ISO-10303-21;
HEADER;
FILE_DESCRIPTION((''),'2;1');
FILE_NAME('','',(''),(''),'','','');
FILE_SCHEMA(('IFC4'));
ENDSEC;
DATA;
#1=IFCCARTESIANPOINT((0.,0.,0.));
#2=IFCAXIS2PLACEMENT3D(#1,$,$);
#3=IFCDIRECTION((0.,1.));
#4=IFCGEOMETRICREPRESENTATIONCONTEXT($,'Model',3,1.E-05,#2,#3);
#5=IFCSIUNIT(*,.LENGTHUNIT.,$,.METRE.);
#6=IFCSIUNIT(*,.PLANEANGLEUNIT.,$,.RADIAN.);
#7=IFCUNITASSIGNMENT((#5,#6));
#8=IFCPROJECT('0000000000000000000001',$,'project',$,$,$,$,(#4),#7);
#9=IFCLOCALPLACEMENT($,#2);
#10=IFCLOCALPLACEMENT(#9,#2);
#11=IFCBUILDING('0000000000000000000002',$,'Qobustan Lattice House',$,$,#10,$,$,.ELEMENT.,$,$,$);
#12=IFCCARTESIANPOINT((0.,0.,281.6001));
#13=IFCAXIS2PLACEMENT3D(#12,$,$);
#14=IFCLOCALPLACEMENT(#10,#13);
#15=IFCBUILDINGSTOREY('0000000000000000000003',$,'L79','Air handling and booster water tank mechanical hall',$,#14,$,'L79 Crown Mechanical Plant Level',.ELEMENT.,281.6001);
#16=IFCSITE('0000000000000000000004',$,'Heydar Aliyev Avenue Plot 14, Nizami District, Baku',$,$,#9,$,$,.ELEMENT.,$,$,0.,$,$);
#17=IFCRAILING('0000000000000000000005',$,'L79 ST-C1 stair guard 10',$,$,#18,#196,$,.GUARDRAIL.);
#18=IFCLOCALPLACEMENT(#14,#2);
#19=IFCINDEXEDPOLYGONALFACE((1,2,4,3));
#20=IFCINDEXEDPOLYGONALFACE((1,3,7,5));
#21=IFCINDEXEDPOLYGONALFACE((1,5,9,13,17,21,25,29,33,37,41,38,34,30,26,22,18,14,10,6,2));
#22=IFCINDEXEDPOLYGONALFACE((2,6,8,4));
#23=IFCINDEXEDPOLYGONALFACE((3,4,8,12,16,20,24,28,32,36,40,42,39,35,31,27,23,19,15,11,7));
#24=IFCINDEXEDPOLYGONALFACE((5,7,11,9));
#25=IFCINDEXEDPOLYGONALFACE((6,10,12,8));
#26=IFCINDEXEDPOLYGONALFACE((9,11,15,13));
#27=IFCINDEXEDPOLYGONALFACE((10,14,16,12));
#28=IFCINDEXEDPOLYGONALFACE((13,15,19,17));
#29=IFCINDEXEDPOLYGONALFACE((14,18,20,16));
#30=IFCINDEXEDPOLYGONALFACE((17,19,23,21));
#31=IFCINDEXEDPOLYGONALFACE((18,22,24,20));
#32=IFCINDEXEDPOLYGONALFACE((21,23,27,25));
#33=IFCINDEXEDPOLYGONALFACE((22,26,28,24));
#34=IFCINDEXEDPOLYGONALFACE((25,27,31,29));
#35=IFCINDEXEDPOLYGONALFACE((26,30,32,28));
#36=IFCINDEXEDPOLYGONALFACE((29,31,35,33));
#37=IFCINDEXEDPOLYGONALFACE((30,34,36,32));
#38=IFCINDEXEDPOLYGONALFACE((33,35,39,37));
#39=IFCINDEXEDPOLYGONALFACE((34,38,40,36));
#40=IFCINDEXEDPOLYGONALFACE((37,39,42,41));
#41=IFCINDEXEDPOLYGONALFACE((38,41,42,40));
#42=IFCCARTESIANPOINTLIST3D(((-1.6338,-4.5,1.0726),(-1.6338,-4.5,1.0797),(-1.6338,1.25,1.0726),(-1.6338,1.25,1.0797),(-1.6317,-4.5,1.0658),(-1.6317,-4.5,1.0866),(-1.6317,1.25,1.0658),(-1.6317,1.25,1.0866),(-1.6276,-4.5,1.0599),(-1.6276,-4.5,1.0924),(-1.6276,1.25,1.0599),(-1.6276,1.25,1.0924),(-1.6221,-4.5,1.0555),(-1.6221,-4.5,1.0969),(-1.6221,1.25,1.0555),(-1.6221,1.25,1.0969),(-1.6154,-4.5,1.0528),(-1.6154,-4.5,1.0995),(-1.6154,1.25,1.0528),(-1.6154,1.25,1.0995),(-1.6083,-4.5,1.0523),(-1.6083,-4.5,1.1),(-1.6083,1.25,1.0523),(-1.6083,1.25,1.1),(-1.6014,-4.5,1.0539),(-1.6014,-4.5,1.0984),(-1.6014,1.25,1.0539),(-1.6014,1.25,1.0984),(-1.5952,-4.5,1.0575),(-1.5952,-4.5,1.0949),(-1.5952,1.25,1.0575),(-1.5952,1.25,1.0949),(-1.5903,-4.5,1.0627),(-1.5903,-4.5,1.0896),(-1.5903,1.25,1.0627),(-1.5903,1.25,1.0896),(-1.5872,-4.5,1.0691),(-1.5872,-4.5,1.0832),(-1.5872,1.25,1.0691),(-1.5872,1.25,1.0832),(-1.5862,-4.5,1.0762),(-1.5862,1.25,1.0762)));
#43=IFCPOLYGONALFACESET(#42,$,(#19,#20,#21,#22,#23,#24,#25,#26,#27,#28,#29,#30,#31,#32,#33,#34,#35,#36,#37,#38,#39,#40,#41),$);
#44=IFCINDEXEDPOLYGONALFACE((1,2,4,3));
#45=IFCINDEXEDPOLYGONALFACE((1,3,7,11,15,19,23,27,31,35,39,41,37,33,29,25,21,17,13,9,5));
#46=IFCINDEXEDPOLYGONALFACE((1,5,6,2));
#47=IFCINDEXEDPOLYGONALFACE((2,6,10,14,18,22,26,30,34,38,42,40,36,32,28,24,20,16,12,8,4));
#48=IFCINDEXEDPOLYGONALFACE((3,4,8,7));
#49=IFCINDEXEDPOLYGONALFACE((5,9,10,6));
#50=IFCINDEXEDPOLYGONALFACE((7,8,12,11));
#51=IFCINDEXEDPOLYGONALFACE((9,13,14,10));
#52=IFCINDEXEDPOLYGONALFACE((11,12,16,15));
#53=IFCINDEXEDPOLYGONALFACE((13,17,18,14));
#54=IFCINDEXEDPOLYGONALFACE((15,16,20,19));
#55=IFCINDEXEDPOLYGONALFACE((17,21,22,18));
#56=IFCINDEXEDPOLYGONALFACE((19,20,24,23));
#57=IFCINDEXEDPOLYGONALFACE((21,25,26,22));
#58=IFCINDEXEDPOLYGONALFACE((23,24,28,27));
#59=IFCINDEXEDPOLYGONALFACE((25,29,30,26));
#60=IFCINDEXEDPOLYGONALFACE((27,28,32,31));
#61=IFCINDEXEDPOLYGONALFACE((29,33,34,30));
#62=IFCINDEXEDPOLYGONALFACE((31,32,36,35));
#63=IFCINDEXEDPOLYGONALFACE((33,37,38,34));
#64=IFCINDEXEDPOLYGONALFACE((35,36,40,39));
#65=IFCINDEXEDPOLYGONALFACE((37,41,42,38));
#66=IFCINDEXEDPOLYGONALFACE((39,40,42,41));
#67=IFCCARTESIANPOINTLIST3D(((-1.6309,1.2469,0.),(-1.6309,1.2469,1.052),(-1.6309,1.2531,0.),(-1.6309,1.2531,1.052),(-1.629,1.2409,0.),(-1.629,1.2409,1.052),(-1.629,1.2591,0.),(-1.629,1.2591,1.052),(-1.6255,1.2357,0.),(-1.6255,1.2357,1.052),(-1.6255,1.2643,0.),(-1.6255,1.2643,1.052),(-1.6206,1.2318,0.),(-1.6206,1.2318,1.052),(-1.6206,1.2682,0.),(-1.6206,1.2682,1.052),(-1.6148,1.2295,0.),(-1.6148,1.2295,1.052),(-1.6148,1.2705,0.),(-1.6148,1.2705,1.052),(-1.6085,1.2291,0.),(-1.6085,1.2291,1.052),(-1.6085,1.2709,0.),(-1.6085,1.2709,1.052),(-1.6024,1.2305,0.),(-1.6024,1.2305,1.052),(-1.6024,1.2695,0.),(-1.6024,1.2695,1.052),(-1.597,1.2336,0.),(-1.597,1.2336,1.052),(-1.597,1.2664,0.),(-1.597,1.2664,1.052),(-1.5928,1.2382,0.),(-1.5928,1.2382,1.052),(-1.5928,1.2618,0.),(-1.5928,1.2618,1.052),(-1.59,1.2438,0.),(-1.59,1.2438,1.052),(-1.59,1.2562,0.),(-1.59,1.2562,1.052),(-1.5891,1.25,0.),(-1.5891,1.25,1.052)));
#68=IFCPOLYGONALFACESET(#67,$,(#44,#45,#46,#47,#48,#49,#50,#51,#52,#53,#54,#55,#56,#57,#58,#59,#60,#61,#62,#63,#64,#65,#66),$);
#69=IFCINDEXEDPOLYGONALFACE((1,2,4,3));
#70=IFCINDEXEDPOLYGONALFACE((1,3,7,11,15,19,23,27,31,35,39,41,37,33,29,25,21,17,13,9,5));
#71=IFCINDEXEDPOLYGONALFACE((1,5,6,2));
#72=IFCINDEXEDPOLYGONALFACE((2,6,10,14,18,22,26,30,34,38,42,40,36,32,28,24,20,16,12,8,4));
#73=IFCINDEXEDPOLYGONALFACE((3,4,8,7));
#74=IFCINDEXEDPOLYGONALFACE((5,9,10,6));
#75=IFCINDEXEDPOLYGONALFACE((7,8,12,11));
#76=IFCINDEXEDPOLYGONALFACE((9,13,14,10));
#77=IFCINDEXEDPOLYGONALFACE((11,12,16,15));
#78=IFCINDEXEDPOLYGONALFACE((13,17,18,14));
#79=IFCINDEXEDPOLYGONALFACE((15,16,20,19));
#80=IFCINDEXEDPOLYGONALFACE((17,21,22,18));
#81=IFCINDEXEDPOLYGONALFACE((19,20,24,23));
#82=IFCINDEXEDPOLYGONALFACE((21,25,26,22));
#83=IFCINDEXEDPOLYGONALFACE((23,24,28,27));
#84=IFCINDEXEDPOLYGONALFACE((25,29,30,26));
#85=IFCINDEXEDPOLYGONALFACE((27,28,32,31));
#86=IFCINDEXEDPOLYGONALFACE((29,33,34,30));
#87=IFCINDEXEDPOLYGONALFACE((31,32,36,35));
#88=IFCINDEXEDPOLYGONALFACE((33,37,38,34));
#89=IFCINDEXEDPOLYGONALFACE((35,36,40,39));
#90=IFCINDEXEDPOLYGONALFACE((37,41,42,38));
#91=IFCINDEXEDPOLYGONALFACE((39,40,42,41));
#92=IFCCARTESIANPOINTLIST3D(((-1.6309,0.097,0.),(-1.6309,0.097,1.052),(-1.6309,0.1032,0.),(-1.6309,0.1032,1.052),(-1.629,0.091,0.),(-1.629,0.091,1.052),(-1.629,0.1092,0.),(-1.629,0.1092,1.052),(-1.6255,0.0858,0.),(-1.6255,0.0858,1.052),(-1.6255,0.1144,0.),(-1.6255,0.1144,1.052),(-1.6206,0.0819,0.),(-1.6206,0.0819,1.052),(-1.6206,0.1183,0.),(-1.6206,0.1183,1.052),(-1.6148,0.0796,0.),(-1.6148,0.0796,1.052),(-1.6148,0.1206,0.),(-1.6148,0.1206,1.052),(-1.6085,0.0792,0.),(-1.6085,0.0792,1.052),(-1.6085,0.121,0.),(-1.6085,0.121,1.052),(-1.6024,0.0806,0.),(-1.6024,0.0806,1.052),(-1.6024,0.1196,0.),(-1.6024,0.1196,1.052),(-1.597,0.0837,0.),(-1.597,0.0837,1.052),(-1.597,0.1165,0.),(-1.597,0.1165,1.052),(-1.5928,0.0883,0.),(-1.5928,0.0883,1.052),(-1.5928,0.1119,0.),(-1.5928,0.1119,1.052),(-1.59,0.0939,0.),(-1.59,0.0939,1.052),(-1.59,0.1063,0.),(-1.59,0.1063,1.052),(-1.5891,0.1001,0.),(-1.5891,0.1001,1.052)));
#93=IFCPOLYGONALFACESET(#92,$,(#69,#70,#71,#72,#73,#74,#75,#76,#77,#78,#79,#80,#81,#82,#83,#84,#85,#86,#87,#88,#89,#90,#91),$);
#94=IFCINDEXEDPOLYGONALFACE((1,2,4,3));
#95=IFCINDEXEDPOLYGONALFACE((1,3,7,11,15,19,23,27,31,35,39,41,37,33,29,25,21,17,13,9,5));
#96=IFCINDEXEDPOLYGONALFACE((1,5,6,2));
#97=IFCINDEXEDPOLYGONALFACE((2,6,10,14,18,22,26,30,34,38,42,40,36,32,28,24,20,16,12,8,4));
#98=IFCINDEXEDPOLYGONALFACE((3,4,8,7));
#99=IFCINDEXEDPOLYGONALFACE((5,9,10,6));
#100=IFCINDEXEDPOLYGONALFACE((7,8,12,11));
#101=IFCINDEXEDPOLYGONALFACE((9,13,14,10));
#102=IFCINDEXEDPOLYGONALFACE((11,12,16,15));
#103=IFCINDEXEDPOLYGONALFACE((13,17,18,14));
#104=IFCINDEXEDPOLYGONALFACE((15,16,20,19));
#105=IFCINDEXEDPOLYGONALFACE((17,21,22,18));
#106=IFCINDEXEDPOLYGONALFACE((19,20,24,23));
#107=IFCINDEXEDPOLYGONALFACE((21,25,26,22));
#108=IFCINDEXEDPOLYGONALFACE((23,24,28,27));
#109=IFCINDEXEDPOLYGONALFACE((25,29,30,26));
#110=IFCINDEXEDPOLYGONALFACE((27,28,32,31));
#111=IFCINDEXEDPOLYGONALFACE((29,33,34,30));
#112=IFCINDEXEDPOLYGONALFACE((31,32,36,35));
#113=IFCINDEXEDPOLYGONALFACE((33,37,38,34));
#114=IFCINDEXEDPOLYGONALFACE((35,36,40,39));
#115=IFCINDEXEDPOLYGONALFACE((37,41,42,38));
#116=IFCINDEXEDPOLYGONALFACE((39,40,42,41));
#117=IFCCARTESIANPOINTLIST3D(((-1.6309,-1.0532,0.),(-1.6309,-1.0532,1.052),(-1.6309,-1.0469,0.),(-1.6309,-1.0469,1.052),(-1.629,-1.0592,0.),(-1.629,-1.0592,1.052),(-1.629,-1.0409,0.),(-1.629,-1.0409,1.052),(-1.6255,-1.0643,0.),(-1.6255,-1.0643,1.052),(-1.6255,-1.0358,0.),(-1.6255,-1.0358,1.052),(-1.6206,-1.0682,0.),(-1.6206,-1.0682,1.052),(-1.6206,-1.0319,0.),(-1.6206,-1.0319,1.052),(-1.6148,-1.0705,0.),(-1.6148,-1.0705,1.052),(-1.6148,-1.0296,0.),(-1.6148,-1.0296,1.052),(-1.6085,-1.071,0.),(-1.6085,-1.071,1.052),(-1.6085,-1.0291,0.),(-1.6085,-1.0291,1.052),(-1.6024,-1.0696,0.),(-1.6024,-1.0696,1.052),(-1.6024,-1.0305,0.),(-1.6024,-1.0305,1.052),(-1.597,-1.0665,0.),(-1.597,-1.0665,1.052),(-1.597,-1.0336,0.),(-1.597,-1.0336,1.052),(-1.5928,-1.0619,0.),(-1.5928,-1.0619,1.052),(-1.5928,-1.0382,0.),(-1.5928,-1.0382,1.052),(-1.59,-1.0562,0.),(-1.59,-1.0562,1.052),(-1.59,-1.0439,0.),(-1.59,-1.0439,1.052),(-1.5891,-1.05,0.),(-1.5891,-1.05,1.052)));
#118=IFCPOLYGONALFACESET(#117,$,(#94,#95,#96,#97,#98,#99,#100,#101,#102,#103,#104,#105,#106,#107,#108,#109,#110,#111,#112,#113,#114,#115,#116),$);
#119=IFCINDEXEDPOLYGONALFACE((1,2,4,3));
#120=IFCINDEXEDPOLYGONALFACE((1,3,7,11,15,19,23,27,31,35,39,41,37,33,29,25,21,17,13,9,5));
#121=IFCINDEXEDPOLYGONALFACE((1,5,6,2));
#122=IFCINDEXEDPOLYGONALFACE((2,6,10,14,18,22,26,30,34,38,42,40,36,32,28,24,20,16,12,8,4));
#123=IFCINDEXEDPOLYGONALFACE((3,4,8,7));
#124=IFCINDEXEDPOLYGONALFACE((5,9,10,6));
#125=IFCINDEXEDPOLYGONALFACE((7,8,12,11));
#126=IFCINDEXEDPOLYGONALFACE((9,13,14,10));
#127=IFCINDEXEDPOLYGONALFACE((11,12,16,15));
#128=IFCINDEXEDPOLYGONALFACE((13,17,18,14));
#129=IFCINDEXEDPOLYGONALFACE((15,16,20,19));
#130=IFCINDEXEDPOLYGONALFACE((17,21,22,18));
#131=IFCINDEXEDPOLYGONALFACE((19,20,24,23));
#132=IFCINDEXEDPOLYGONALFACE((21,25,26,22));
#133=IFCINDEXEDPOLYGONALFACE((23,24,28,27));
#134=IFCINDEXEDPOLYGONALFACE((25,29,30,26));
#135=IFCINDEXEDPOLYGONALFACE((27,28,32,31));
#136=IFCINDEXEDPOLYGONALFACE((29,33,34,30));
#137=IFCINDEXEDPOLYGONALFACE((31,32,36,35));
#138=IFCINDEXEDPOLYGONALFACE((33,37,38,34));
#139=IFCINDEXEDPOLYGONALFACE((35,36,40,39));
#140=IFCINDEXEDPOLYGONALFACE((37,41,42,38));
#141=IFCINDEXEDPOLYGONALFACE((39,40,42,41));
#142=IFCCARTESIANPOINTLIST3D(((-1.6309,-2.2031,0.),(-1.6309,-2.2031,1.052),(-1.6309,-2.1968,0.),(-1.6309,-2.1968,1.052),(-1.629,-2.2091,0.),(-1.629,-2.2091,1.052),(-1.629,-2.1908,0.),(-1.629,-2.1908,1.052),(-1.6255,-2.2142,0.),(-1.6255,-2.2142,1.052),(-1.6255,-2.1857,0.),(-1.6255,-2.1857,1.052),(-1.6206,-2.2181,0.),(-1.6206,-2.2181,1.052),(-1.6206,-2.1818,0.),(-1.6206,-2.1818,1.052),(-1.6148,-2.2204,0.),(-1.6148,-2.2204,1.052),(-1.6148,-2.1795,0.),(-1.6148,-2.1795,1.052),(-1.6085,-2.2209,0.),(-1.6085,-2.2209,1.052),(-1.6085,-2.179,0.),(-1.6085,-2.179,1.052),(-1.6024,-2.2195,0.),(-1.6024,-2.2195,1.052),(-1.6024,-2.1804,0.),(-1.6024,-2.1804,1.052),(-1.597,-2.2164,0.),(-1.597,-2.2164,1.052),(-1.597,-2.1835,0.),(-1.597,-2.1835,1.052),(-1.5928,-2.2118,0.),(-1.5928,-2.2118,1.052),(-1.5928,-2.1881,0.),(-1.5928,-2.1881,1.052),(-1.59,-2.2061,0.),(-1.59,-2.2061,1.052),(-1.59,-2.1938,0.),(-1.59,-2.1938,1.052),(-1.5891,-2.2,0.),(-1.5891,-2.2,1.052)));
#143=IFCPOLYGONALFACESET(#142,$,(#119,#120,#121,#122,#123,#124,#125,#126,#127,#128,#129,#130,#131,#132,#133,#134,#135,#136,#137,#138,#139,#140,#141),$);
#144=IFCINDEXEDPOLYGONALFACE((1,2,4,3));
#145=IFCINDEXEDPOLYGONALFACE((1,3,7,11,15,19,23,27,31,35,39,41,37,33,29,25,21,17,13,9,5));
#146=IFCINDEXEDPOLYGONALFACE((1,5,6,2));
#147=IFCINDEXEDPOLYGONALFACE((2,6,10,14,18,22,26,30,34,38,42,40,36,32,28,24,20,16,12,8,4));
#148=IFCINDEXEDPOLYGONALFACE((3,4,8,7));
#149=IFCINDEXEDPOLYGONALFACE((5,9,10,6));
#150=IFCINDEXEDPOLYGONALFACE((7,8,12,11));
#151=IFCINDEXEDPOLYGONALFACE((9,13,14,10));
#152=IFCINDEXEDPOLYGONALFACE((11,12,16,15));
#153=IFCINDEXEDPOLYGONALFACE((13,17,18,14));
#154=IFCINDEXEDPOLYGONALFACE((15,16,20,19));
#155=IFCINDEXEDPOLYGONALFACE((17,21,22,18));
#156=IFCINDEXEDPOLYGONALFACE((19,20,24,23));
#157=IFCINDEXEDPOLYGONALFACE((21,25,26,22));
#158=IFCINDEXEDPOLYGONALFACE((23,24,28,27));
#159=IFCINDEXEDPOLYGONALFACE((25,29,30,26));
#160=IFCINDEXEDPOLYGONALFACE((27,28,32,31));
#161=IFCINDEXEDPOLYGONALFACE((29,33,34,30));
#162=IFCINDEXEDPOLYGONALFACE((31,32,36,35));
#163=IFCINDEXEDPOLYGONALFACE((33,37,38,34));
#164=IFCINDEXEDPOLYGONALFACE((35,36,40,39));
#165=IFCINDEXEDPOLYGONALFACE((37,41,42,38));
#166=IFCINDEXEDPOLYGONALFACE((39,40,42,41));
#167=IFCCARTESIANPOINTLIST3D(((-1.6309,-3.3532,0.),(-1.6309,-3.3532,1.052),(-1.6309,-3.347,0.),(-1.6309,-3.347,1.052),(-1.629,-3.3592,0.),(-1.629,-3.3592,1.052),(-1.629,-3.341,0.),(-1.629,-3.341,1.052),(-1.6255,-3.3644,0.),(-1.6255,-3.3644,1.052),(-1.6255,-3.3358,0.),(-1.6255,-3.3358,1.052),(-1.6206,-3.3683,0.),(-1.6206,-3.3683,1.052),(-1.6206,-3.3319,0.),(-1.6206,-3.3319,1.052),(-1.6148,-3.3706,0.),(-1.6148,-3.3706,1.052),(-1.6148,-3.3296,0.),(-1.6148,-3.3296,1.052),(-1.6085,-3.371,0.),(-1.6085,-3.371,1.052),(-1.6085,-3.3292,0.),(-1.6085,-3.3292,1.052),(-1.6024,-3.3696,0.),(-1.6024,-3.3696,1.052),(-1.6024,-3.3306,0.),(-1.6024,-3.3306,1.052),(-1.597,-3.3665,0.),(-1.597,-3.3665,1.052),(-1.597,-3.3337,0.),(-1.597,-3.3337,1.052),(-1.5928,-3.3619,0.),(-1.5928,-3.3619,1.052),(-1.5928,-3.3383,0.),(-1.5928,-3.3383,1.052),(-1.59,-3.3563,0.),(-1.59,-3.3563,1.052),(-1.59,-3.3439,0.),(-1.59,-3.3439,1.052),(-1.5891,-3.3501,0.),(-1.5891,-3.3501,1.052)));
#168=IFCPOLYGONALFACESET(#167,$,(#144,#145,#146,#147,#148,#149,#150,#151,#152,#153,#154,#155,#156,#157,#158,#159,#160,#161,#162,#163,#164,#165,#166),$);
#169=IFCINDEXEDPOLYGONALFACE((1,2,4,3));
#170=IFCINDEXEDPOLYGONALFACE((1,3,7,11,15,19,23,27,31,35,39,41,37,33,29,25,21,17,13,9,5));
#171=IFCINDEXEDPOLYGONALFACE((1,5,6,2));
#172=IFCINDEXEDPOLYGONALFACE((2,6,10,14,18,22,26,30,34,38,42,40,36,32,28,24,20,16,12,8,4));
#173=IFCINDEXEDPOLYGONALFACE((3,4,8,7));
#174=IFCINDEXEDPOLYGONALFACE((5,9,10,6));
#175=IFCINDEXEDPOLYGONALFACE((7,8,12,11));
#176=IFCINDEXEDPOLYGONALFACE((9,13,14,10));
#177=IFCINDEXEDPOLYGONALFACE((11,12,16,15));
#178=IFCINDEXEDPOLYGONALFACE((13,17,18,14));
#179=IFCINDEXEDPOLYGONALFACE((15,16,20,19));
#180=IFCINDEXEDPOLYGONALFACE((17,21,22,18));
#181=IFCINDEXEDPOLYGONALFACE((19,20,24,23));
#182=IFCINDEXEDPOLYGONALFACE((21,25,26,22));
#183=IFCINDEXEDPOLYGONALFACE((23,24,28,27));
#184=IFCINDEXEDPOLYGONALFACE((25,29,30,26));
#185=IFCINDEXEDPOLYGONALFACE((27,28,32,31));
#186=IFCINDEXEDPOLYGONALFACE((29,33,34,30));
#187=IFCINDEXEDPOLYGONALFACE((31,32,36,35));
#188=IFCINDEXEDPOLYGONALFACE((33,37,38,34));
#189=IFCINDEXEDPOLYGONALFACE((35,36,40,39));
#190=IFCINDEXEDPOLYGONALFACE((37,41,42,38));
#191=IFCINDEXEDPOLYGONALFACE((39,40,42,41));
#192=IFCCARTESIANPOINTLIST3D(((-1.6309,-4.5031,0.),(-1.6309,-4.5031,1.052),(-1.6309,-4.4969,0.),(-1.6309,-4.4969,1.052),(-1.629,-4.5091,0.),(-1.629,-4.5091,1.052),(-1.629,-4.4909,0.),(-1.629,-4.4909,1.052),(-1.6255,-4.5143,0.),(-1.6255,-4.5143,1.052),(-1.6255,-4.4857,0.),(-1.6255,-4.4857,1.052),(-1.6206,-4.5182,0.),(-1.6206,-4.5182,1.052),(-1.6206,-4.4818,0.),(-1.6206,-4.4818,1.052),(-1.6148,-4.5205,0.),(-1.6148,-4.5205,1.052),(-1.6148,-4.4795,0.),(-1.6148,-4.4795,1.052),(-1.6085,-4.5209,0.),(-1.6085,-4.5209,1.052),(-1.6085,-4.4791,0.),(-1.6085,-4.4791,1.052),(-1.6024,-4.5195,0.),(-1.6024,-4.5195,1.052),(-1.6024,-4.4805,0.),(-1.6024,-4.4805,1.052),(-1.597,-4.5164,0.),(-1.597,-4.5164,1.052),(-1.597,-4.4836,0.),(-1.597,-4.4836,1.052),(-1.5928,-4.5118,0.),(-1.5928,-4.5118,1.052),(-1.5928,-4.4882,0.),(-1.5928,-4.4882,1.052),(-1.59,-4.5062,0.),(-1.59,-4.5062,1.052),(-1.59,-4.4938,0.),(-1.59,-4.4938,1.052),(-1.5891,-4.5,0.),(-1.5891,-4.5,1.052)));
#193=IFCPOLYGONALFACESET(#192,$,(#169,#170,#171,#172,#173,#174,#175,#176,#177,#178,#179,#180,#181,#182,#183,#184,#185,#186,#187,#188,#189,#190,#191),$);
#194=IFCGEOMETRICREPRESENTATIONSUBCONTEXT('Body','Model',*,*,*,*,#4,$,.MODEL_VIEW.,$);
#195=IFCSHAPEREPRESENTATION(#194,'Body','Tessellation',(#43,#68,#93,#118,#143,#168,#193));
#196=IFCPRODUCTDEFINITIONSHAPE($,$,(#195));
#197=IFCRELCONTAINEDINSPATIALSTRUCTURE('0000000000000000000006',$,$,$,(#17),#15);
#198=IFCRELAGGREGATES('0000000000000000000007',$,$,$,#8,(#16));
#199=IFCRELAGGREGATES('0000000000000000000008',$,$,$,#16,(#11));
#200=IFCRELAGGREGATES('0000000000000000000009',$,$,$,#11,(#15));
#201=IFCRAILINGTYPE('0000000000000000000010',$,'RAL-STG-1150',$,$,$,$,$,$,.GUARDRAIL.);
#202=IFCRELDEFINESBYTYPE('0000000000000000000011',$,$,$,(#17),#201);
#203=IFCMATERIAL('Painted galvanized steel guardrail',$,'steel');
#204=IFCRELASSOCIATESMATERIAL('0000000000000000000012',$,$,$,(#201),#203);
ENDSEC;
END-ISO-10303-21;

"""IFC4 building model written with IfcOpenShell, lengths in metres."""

from ifc_helpers import new_model, si_unit, direction, frame, origin, origin_2d, place, context, subcontext, project, spatial, circle, extrude, material, type_object, element, save


model = new_model("IFC4")

# Units and contexts
model_context = context("Model", 3, precision=1e-05, world=origin(), true_north=direction((0.0, 1.0)))
body_context = subcontext(model_context, "Body", "Model", "MODEL_VIEW")
ifc_project = project(units=[si_unit("LENGTHUNIT", "METRE"), si_unit("PLANEANGLEUNIT", "RADIAN")], contexts=[model_context])

# Site, building, storey
site_placement = place(None, origin())
site = spatial("IfcSite", under=ifc_project, at=site_placement, Name="Heydar Aliyev Avenue Plot 14, Nizami District, Baku", CompositionType="ELEMENT", RefElevation=0.0)
building_placement = place(site_placement, origin())
building = spatial("IfcBuilding", under=site, at=building_placement, Name="Qobustan Lattice House", CompositionType="ELEMENT")
storey_placement = place(building_placement, frame((0.0, 0.0, 281.6001)))
storey = spatial("IfcBuildingStorey", under=building, at=storey_placement, Name="L79", Description="Air handling and booster water tank mechanical hall", LongName="L79 Crown Mechanical Plant Level", CompositionType="ELEMENT", Elevation=281.6001)

# Railing
ifc_material_1 = material(Name="Painted galvanized steel guardrail", Category="steel")
railing_type_1 = type_object("IfcRailingType", Name="RAL-STG-1150", PredefinedType="GUARDRAIL", material=ifc_material_1)
railing_1_placement = place(storey_placement, frame((-1.6101, 1.25, 0.0)))
element("IfcRailing", 1, at=railing_1_placement, inside=storey, type_object=railing_type_1, Name="L79 ST-C1 stair guard 10", PredefinedType="GUARDRAIL", context=body_context, shape_type="SweptSolid", body=[
    extrude(circle(Radius=0.0239, at=origin_2d()), frame((0.0, 0.0, 1.0762), z_axis=(0.0, -1.0, 0.0), x_axis=(1.0, 0.0, 0.0)), (0.0, 0.0, 1.0), 5.75),
    extrude(circle(Radius=0.021, at=origin_2d()), origin(), (0.0, 0.0, 1.0), 1.052),
    extrude(circle(Radius=0.021, at=origin_2d()), frame((0.0, -1.1499, 0.0)), (0.0, 0.0, 1.0), 1.052),
    extrude(circle(Radius=0.021, at=origin_2d()), frame((0.0, -2.3, 0.0)), (0.0, 0.0, 1.0), 1.052),
    extrude(circle(Radius=0.021, at=origin_2d()), frame((0.0, -3.45, 0.0)), (0.0, 0.0, 1.0), 1.052),
    extrude(circle(Radius=0.021, at=origin_2d()), frame((0.0, -4.6001, 0.0)), (0.0, 0.0, 1.0), 1.052),
    extrude(circle(Radius=0.021, at=origin_2d()), frame((0.0, -5.75, 0.0)), (0.0, 0.0, 1.0), 1.052),
])

save(model, "model.ifc")
